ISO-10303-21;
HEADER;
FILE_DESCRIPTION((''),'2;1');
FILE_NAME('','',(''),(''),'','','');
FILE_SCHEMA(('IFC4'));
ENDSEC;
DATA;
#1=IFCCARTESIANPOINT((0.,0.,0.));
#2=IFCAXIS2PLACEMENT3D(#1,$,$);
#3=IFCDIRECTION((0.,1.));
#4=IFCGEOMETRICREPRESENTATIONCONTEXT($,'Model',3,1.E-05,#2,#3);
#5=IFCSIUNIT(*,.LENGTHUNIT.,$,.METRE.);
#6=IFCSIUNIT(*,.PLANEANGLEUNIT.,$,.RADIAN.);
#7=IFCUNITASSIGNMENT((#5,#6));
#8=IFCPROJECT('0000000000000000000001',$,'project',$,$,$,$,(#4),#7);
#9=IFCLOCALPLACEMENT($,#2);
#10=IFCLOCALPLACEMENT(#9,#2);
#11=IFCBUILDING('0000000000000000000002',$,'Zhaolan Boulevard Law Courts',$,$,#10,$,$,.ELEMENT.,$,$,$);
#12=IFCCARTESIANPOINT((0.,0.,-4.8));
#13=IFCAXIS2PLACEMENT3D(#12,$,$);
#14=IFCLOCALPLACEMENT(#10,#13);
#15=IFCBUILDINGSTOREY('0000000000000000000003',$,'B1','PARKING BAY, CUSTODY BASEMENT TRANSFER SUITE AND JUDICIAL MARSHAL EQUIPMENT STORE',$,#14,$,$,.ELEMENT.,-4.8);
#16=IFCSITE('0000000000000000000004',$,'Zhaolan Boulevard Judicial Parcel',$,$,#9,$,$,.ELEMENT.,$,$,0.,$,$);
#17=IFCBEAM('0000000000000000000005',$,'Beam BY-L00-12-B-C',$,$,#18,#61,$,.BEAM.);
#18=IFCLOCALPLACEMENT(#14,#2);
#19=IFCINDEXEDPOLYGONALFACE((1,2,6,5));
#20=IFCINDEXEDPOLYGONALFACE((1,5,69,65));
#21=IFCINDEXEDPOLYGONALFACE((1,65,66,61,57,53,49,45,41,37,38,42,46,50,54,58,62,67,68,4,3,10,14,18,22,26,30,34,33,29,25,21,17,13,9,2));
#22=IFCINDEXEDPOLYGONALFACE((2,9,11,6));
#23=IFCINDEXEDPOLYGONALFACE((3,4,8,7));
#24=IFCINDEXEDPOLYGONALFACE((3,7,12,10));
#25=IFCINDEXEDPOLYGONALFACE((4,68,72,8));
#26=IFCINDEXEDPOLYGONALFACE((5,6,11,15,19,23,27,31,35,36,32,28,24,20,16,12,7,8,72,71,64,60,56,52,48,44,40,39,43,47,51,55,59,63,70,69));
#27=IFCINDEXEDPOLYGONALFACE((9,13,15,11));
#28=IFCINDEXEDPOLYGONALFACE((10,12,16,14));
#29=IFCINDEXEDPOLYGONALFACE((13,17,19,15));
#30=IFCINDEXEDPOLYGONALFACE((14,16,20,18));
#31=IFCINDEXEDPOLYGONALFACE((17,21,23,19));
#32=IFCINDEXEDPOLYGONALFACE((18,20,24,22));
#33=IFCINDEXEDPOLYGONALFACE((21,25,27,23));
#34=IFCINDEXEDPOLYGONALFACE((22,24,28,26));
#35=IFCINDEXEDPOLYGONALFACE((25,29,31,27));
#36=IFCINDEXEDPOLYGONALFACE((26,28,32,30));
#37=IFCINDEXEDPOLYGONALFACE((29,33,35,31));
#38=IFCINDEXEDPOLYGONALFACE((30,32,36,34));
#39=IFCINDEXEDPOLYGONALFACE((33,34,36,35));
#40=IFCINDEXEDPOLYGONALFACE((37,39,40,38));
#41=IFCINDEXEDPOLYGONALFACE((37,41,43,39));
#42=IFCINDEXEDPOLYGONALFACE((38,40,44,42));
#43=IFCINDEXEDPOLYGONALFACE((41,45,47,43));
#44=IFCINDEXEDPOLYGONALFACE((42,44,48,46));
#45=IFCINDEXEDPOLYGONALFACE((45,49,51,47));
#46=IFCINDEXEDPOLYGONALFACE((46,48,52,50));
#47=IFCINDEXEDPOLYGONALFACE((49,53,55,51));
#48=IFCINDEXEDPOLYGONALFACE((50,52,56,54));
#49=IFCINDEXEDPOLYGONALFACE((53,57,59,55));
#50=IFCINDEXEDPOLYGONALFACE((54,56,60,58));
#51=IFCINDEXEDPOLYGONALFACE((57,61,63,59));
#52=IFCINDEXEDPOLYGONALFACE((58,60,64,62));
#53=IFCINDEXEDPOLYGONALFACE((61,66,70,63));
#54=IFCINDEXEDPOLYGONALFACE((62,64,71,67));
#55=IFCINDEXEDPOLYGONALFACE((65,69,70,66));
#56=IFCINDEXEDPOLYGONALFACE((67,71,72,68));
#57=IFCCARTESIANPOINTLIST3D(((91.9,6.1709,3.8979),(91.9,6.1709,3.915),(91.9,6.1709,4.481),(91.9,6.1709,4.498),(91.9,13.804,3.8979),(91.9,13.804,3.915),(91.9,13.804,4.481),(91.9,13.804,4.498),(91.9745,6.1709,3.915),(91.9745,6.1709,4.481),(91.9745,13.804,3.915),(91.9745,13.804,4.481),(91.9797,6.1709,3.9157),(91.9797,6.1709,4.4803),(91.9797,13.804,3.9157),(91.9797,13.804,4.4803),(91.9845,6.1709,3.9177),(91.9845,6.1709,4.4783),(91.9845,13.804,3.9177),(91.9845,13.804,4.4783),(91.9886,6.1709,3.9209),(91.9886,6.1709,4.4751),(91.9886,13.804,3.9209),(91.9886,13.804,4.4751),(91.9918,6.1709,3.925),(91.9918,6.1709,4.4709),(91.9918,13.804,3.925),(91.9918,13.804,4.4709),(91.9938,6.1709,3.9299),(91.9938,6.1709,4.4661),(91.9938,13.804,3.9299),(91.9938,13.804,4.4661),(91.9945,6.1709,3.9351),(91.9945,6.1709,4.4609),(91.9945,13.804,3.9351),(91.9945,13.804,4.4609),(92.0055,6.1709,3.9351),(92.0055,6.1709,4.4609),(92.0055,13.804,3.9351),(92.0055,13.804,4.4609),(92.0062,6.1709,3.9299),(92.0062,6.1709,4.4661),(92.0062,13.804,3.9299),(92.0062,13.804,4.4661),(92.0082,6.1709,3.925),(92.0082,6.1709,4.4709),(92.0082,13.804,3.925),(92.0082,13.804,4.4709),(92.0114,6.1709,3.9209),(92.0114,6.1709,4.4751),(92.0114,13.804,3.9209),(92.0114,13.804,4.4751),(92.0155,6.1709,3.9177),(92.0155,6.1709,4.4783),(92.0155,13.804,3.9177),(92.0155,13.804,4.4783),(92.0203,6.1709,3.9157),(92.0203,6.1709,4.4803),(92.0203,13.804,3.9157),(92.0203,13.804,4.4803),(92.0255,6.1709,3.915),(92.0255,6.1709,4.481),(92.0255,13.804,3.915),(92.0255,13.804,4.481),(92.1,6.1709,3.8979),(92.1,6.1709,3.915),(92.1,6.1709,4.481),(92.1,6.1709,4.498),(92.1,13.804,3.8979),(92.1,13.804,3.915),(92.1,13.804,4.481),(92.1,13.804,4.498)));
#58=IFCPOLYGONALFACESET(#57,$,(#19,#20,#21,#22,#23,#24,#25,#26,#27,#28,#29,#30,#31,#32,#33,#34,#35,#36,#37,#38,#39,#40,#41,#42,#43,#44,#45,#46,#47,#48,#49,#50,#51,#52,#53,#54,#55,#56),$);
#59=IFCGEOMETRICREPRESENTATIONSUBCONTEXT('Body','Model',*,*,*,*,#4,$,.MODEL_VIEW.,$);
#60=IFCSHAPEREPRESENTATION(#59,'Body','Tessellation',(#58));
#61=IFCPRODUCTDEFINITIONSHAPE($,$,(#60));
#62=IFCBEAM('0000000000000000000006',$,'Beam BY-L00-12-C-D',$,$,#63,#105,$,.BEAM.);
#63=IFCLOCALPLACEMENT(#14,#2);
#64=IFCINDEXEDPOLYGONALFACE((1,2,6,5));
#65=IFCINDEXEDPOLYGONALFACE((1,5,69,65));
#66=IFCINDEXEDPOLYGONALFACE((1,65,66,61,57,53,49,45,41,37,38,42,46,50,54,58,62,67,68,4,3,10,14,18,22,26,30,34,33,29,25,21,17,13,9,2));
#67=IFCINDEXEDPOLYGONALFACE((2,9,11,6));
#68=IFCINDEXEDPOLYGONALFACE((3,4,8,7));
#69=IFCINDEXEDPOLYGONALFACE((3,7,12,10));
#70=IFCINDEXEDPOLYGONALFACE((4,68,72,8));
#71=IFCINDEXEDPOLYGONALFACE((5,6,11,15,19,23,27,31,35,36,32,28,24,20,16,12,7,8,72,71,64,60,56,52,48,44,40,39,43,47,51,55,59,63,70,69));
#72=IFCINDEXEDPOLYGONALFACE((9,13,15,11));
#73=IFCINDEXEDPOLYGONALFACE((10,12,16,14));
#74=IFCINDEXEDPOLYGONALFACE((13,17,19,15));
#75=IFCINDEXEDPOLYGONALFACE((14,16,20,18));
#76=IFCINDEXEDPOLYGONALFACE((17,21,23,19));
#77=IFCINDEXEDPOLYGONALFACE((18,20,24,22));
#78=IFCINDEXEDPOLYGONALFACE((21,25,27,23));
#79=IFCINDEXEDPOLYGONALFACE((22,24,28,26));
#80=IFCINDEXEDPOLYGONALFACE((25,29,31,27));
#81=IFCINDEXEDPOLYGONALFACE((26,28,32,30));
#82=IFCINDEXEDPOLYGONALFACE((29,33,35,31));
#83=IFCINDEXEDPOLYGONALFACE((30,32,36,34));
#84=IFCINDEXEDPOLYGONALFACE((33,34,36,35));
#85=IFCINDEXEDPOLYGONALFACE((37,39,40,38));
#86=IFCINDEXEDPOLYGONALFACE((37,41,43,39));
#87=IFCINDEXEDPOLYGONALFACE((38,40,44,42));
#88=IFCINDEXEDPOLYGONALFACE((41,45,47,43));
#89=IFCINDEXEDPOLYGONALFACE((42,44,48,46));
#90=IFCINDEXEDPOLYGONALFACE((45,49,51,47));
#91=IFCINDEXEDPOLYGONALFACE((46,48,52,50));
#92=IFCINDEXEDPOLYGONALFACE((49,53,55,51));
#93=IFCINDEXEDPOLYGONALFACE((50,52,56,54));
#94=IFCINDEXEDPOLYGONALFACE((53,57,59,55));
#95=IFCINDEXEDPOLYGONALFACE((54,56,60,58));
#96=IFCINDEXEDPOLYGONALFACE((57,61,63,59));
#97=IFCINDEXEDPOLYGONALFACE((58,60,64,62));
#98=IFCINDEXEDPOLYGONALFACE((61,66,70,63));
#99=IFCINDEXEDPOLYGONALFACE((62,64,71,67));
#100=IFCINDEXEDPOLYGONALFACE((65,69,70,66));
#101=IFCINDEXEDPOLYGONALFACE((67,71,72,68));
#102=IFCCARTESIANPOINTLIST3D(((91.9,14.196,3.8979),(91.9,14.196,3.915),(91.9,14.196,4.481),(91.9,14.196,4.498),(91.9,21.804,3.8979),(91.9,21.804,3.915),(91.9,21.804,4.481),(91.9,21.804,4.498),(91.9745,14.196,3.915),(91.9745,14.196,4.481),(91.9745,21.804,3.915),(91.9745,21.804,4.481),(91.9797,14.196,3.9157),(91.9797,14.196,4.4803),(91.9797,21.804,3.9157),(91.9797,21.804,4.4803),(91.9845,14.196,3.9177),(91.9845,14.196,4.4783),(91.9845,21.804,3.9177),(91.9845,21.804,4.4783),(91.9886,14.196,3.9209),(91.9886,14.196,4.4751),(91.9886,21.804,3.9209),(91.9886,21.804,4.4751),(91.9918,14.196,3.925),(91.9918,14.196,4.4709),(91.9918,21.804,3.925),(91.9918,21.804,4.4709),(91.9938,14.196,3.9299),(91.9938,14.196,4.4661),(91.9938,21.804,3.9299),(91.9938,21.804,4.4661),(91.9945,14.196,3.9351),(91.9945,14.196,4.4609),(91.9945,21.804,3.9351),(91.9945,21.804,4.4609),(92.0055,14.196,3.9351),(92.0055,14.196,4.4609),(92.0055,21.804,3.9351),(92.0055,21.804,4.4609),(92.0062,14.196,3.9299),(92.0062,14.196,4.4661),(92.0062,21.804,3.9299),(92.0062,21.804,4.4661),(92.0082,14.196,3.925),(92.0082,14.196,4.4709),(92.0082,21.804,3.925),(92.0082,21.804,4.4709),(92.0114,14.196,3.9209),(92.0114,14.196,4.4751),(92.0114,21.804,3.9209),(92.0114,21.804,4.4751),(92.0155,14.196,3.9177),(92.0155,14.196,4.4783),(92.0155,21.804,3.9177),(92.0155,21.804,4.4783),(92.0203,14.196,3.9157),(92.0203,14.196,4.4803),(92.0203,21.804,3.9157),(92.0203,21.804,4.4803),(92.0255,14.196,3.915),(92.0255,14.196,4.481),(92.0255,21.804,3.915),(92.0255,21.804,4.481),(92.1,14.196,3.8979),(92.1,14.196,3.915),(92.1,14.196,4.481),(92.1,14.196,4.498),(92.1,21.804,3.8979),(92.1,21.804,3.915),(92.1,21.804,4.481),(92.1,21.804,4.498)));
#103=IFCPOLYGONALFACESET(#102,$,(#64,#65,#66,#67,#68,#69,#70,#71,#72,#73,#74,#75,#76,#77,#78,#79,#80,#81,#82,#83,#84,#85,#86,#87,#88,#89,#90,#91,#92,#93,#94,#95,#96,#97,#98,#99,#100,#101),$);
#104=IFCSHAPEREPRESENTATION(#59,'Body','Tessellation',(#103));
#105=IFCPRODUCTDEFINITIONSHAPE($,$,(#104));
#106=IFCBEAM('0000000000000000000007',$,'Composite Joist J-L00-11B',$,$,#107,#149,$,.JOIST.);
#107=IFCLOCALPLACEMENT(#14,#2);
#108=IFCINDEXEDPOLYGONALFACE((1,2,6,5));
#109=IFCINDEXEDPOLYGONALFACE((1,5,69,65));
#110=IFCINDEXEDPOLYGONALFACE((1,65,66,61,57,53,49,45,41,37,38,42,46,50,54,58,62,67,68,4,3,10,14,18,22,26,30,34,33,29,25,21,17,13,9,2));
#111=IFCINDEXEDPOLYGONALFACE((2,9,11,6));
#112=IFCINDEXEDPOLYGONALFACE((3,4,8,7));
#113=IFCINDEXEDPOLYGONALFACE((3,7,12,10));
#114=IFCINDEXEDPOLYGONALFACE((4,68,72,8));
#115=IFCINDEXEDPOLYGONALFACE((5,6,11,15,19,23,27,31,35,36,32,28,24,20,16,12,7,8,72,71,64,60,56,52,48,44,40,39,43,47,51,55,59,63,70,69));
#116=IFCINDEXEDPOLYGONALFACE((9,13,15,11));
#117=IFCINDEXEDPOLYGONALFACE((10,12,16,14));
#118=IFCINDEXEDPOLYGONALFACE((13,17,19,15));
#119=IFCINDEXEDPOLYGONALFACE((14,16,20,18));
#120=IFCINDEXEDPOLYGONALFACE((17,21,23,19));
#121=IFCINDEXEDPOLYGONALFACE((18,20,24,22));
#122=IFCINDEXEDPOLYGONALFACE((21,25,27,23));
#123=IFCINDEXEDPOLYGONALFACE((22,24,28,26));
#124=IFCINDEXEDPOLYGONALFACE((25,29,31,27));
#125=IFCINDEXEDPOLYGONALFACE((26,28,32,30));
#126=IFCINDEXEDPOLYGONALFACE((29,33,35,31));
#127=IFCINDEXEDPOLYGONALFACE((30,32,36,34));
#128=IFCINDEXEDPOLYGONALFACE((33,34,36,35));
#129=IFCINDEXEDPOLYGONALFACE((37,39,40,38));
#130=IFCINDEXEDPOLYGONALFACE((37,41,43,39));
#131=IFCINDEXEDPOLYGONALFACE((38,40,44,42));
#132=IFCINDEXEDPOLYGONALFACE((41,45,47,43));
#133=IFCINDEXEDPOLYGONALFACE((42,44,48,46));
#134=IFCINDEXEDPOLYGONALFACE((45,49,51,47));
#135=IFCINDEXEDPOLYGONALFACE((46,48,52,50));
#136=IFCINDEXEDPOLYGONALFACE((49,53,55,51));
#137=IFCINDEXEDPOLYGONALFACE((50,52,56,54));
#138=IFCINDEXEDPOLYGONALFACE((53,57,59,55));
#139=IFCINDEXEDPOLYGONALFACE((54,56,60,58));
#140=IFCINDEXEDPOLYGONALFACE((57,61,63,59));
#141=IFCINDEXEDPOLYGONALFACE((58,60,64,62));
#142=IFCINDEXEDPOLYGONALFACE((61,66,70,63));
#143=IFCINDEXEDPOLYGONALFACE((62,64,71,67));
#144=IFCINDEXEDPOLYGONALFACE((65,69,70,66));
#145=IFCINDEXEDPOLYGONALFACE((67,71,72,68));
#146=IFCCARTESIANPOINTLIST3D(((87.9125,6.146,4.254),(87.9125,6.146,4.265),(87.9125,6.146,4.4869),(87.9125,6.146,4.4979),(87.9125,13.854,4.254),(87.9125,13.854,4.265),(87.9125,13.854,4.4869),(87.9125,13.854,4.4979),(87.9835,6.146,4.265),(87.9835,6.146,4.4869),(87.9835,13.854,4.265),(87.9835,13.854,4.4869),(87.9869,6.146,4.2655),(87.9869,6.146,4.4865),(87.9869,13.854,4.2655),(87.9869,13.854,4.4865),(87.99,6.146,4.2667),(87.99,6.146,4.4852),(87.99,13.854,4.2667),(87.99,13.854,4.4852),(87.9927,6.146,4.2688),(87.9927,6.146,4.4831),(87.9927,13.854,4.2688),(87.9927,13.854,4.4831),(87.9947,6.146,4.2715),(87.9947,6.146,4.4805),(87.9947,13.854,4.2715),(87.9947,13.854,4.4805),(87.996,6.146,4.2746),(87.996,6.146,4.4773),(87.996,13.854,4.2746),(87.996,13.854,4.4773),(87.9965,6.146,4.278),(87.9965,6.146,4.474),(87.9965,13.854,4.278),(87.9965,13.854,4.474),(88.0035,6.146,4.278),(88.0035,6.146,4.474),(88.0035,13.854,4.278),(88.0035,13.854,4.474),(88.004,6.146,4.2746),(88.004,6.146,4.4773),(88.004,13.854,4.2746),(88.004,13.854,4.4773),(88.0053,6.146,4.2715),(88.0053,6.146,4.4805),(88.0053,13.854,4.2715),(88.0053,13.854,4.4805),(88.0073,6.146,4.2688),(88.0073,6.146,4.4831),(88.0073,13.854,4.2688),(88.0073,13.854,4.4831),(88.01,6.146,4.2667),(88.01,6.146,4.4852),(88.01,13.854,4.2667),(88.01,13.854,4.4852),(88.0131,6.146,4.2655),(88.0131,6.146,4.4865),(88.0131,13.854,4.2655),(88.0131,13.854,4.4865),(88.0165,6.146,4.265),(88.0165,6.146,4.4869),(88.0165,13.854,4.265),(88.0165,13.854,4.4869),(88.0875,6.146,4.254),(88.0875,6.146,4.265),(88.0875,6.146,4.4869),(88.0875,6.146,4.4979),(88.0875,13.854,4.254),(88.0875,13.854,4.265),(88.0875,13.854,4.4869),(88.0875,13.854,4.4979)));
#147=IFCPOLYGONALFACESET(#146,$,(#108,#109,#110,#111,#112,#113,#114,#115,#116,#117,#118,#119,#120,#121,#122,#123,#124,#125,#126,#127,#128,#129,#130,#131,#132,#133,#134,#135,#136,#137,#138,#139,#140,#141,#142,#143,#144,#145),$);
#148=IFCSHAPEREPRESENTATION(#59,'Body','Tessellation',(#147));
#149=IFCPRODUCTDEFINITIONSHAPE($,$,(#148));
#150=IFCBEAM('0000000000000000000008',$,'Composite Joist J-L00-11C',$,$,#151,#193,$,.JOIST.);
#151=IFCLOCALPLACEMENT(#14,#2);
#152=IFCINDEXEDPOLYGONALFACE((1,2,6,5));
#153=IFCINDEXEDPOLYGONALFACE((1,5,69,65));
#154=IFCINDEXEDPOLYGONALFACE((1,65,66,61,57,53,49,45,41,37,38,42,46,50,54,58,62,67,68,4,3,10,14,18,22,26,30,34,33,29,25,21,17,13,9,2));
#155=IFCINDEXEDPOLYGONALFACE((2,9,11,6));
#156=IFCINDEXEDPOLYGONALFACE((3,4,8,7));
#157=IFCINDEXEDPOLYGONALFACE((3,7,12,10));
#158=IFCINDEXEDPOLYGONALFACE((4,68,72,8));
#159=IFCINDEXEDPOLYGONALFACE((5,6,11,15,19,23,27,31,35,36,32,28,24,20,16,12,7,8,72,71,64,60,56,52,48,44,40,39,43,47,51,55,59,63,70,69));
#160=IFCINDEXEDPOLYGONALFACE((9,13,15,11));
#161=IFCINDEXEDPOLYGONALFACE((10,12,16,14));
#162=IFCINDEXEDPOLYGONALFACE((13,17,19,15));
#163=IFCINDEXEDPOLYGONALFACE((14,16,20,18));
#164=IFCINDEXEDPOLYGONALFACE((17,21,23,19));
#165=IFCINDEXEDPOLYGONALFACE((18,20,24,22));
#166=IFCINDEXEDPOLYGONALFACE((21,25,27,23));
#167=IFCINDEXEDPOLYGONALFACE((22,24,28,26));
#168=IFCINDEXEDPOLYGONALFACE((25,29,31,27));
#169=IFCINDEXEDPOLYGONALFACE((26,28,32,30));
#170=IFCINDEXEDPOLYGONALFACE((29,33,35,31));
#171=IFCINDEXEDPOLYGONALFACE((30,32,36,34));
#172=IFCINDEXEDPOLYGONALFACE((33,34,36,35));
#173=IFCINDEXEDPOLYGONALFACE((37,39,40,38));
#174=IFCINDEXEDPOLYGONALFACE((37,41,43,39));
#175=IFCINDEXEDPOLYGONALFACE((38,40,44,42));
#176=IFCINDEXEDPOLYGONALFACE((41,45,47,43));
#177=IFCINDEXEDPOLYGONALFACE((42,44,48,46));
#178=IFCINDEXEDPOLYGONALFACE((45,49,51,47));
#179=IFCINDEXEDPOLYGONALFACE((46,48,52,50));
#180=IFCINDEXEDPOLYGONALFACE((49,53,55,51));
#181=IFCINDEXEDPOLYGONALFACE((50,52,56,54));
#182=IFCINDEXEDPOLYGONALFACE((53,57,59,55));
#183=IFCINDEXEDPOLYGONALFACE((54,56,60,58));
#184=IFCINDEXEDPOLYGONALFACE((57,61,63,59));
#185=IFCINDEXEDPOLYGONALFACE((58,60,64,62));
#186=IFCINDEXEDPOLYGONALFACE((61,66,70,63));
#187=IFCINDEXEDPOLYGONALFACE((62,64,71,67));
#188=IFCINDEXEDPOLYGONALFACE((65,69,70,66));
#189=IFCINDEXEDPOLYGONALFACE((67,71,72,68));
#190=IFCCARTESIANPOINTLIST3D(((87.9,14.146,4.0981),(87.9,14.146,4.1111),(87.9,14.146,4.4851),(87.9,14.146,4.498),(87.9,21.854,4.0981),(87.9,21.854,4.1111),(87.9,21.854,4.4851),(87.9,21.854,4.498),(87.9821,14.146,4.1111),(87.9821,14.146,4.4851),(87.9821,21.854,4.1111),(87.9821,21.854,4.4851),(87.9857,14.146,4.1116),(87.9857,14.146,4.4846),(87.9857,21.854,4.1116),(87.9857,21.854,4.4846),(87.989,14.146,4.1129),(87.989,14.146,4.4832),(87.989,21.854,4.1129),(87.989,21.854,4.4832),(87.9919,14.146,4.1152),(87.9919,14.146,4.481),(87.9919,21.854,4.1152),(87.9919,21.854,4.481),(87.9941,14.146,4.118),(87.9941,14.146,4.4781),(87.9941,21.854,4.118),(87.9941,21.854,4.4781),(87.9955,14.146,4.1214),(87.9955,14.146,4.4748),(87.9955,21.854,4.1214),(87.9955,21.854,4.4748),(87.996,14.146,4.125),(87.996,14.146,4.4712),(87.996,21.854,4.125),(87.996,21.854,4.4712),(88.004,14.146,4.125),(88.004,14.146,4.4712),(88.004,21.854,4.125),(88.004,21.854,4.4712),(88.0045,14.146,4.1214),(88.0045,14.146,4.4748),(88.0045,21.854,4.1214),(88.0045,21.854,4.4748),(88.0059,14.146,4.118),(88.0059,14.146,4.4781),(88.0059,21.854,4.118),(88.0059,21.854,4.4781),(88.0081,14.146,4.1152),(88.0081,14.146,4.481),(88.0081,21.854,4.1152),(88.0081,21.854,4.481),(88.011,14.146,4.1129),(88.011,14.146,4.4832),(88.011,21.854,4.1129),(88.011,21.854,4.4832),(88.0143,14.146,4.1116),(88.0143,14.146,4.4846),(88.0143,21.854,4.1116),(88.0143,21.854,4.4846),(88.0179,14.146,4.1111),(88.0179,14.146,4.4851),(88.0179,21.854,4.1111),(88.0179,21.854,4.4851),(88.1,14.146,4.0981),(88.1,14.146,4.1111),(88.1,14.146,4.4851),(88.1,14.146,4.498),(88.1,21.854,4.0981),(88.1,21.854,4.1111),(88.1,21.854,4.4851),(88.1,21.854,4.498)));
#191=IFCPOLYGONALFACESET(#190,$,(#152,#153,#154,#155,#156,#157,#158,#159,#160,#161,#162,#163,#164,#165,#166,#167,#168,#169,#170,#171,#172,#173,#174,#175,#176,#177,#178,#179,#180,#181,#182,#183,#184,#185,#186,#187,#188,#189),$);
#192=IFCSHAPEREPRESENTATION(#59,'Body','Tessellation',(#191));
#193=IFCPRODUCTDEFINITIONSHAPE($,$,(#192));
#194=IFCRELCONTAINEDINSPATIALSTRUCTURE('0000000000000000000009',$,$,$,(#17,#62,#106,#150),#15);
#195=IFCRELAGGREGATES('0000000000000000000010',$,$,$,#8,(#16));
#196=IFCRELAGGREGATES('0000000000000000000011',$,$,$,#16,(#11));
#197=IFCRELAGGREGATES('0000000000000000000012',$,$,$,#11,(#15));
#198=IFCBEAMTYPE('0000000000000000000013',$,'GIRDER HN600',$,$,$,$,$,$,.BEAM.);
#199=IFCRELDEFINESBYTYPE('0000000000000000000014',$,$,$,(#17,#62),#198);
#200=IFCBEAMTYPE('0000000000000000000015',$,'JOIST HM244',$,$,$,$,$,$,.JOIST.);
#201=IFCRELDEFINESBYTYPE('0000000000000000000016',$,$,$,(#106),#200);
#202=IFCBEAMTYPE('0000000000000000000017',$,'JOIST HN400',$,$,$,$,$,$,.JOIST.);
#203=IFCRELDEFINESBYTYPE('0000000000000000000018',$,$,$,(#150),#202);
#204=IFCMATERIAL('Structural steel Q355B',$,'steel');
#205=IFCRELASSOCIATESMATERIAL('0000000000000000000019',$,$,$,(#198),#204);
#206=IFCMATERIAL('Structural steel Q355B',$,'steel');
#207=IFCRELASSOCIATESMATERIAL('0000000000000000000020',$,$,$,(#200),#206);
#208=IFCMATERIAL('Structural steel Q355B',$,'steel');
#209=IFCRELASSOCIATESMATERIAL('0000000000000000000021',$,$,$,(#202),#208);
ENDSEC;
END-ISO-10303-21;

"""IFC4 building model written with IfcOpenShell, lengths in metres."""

from ifc_helpers import new_model, si_unit, direction, frame, origin, origin_2d, place, context, subcontext, project, spatial, i_section, extrude, material, material_profile, profile_set, type_object, element, save


model = new_model("IFC4")

# Units and contexts
model_context = context("Model", 3, precision=1e-05, world=origin(), true_north=direction((0.0, 1.0)))
body_context = subcontext(model_context, "Body", "Model", "MODEL_VIEW")
ifc_project = project(units=[si_unit("LENGTHUNIT", "METRE"), si_unit("PLANEANGLEUNIT", "RADIAN")], contexts=[model_context])

# Site, building, storey
site_placement = place(None, origin())
site = spatial("IfcSite", under=ifc_project, at=site_placement, Name="Zhaolan Boulevard Judicial Parcel", CompositionType="ELEMENT", RefElevation=0.0)
building_placement = place(site_placement, origin())
building = spatial("IfcBuilding", under=site, at=building_placement, Name="Zhaolan Boulevard Law Courts", CompositionType="ELEMENT")
storey_placement = place(building_placement, frame((0.0, 0.0, -4.8)))
storey = spatial("IfcBuildingStorey", under=building, at=storey_placement, Name="B1", Description="PARKING BAY, CUSTODY BASEMENT TRANSFER SUITE AND JUDICIAL MARSHAL EQUIPMENT STORE", CompositionType="ELEMENT", Elevation=-4.8)

# Beams
ifc_material_1 = material(Name="Structural steel Q355B", Category="steel")
ifc_material_profile_1 = material_profile(ifc_material_1, i_section(OverallWidth=0.2, OverallDepth=0.6001, WebThickness=0.011, FlangeThickness=0.0171, FilletRadius=0.02, at=origin_2d()), Name="HN600x200")
ifc_profile_set_1 = profile_set([ifc_material_profile_1], Name="Structural steel Q355B")
beam_type_1 = type_object("IfcBeamType", Name="GIRDER HN600", PredefinedType="BEAM", material=ifc_profile_set_1)
beam_1_placement = place(storey_placement, frame((92.0, 6.1709, 4.198), z_axis=(0.0, 1.0, 0.0), x_axis=(-1.0, 0.0, 0.0)))
element("IfcBeam", 1, at=beam_1_placement, inside=storey, type_object=beam_type_1, Name="Beam BY-L00-12-B-C", PredefinedType="BEAM", context=body_context, shape_type="SweptSolid", body=[
    extrude(i_section(OverallWidth=0.2, OverallDepth=0.6001, WebThickness=0.011, FlangeThickness=0.0171, FilletRadius=0.02, at=origin_2d()), origin(), (0.0, 0.0, 1.0), 7.6331),
])
beam_2_placement = place(storey_placement, frame((92.0, 14.196, 4.198), z_axis=(0.0, 1.0, 0.0), x_axis=(-1.0, 0.0, 0.0)))
element("IfcBeam", 2, at=beam_2_placement, inside=storey, type_object=beam_type_1, Name="Beam BY-L00-12-C-D", PredefinedType="BEAM", context=body_context, shape_type="SweptSolid", body=[
    extrude(i_section(OverallWidth=0.2, OverallDepth=0.6001, WebThickness=0.011, FlangeThickness=0.0171, FilletRadius=0.02, at=origin_2d()), origin(), (0.0, 0.0, 1.0), 7.6079),
])
ifc_material_2 = material(Name="Structural steel Q355B", Category="steel")
ifc_material_profile_2 = material_profile(ifc_material_2, i_section(OverallWidth=0.175, OverallDepth=0.2439, WebThickness=0.0071, FlangeThickness=0.011, FilletRadius=0.0129, at=origin_2d()), Name="HM244x175")
ifc_profile_set_2 = profile_set([ifc_material_profile_2], Name="Structural steel Q355B")
beam_type_2 = type_object("IfcBeamType", Name="JOIST HM244", PredefinedType="JOIST", material=ifc_profile_set_2)
beam_3_placement = place(storey_placement, frame((88.0, 6.146, 4.376), z_axis=(0.0, 1.0, 0.0), x_axis=(-1.0, 0.0, 0.0)))
element("IfcBeam", 3, at=beam_3_placement, inside=storey, type_object=beam_type_2, Name="Composite Joist J-L00-11B", PredefinedType="JOIST", context=body_context, shape_type="SweptSolid", body=[
    extrude(i_section(OverallWidth=0.175, OverallDepth=0.2439, WebThickness=0.0071, FlangeThickness=0.011, FilletRadius=0.0129, at=origin_2d()), origin(), (0.0, 0.0, 1.0), 7.708),
])
ifc_material_3 = material(Name="Structural steel Q355B", Category="steel")
ifc_material_profile_3 = material_profile(ifc_material_3, i_section(OverallWidth=0.2, OverallDepth=0.3999, WebThickness=0.0081, FlangeThickness=0.0129, FilletRadius=0.0139, at=origin_2d()), Name="HN400x200")
ifc_profile_set_3 = profile_set([ifc_material_profile_3], Name="Structural steel Q355B")
beam_type_3 = type_object("IfcBeamType", Name="JOIST HN400", PredefinedType="JOIST", material=ifc_profile_set_3)
beam_4_placement = place(storey_placement, frame((88.0, 14.146, 4.2981), z_axis=(0.0, 1.0, 0.0), x_axis=(-1.0, 0.0, 0.0)))
element("IfcBeam", 4, at=beam_4_placement, inside=storey, type_object=beam_type_3, Name="Composite Joist J-L00-11C", PredefinedType="JOIST", context=body_context, shape_type="SweptSolid", body=[
    extrude(i_section(OverallWidth=0.2, OverallDepth=0.3999, WebThickness=0.0081, FlangeThickness=0.0129, FilletRadius=0.0139, at=origin_2d()), origin(), (0.0, 0.0, 1.0), 7.708),
])

save(model, "model.ifc")
